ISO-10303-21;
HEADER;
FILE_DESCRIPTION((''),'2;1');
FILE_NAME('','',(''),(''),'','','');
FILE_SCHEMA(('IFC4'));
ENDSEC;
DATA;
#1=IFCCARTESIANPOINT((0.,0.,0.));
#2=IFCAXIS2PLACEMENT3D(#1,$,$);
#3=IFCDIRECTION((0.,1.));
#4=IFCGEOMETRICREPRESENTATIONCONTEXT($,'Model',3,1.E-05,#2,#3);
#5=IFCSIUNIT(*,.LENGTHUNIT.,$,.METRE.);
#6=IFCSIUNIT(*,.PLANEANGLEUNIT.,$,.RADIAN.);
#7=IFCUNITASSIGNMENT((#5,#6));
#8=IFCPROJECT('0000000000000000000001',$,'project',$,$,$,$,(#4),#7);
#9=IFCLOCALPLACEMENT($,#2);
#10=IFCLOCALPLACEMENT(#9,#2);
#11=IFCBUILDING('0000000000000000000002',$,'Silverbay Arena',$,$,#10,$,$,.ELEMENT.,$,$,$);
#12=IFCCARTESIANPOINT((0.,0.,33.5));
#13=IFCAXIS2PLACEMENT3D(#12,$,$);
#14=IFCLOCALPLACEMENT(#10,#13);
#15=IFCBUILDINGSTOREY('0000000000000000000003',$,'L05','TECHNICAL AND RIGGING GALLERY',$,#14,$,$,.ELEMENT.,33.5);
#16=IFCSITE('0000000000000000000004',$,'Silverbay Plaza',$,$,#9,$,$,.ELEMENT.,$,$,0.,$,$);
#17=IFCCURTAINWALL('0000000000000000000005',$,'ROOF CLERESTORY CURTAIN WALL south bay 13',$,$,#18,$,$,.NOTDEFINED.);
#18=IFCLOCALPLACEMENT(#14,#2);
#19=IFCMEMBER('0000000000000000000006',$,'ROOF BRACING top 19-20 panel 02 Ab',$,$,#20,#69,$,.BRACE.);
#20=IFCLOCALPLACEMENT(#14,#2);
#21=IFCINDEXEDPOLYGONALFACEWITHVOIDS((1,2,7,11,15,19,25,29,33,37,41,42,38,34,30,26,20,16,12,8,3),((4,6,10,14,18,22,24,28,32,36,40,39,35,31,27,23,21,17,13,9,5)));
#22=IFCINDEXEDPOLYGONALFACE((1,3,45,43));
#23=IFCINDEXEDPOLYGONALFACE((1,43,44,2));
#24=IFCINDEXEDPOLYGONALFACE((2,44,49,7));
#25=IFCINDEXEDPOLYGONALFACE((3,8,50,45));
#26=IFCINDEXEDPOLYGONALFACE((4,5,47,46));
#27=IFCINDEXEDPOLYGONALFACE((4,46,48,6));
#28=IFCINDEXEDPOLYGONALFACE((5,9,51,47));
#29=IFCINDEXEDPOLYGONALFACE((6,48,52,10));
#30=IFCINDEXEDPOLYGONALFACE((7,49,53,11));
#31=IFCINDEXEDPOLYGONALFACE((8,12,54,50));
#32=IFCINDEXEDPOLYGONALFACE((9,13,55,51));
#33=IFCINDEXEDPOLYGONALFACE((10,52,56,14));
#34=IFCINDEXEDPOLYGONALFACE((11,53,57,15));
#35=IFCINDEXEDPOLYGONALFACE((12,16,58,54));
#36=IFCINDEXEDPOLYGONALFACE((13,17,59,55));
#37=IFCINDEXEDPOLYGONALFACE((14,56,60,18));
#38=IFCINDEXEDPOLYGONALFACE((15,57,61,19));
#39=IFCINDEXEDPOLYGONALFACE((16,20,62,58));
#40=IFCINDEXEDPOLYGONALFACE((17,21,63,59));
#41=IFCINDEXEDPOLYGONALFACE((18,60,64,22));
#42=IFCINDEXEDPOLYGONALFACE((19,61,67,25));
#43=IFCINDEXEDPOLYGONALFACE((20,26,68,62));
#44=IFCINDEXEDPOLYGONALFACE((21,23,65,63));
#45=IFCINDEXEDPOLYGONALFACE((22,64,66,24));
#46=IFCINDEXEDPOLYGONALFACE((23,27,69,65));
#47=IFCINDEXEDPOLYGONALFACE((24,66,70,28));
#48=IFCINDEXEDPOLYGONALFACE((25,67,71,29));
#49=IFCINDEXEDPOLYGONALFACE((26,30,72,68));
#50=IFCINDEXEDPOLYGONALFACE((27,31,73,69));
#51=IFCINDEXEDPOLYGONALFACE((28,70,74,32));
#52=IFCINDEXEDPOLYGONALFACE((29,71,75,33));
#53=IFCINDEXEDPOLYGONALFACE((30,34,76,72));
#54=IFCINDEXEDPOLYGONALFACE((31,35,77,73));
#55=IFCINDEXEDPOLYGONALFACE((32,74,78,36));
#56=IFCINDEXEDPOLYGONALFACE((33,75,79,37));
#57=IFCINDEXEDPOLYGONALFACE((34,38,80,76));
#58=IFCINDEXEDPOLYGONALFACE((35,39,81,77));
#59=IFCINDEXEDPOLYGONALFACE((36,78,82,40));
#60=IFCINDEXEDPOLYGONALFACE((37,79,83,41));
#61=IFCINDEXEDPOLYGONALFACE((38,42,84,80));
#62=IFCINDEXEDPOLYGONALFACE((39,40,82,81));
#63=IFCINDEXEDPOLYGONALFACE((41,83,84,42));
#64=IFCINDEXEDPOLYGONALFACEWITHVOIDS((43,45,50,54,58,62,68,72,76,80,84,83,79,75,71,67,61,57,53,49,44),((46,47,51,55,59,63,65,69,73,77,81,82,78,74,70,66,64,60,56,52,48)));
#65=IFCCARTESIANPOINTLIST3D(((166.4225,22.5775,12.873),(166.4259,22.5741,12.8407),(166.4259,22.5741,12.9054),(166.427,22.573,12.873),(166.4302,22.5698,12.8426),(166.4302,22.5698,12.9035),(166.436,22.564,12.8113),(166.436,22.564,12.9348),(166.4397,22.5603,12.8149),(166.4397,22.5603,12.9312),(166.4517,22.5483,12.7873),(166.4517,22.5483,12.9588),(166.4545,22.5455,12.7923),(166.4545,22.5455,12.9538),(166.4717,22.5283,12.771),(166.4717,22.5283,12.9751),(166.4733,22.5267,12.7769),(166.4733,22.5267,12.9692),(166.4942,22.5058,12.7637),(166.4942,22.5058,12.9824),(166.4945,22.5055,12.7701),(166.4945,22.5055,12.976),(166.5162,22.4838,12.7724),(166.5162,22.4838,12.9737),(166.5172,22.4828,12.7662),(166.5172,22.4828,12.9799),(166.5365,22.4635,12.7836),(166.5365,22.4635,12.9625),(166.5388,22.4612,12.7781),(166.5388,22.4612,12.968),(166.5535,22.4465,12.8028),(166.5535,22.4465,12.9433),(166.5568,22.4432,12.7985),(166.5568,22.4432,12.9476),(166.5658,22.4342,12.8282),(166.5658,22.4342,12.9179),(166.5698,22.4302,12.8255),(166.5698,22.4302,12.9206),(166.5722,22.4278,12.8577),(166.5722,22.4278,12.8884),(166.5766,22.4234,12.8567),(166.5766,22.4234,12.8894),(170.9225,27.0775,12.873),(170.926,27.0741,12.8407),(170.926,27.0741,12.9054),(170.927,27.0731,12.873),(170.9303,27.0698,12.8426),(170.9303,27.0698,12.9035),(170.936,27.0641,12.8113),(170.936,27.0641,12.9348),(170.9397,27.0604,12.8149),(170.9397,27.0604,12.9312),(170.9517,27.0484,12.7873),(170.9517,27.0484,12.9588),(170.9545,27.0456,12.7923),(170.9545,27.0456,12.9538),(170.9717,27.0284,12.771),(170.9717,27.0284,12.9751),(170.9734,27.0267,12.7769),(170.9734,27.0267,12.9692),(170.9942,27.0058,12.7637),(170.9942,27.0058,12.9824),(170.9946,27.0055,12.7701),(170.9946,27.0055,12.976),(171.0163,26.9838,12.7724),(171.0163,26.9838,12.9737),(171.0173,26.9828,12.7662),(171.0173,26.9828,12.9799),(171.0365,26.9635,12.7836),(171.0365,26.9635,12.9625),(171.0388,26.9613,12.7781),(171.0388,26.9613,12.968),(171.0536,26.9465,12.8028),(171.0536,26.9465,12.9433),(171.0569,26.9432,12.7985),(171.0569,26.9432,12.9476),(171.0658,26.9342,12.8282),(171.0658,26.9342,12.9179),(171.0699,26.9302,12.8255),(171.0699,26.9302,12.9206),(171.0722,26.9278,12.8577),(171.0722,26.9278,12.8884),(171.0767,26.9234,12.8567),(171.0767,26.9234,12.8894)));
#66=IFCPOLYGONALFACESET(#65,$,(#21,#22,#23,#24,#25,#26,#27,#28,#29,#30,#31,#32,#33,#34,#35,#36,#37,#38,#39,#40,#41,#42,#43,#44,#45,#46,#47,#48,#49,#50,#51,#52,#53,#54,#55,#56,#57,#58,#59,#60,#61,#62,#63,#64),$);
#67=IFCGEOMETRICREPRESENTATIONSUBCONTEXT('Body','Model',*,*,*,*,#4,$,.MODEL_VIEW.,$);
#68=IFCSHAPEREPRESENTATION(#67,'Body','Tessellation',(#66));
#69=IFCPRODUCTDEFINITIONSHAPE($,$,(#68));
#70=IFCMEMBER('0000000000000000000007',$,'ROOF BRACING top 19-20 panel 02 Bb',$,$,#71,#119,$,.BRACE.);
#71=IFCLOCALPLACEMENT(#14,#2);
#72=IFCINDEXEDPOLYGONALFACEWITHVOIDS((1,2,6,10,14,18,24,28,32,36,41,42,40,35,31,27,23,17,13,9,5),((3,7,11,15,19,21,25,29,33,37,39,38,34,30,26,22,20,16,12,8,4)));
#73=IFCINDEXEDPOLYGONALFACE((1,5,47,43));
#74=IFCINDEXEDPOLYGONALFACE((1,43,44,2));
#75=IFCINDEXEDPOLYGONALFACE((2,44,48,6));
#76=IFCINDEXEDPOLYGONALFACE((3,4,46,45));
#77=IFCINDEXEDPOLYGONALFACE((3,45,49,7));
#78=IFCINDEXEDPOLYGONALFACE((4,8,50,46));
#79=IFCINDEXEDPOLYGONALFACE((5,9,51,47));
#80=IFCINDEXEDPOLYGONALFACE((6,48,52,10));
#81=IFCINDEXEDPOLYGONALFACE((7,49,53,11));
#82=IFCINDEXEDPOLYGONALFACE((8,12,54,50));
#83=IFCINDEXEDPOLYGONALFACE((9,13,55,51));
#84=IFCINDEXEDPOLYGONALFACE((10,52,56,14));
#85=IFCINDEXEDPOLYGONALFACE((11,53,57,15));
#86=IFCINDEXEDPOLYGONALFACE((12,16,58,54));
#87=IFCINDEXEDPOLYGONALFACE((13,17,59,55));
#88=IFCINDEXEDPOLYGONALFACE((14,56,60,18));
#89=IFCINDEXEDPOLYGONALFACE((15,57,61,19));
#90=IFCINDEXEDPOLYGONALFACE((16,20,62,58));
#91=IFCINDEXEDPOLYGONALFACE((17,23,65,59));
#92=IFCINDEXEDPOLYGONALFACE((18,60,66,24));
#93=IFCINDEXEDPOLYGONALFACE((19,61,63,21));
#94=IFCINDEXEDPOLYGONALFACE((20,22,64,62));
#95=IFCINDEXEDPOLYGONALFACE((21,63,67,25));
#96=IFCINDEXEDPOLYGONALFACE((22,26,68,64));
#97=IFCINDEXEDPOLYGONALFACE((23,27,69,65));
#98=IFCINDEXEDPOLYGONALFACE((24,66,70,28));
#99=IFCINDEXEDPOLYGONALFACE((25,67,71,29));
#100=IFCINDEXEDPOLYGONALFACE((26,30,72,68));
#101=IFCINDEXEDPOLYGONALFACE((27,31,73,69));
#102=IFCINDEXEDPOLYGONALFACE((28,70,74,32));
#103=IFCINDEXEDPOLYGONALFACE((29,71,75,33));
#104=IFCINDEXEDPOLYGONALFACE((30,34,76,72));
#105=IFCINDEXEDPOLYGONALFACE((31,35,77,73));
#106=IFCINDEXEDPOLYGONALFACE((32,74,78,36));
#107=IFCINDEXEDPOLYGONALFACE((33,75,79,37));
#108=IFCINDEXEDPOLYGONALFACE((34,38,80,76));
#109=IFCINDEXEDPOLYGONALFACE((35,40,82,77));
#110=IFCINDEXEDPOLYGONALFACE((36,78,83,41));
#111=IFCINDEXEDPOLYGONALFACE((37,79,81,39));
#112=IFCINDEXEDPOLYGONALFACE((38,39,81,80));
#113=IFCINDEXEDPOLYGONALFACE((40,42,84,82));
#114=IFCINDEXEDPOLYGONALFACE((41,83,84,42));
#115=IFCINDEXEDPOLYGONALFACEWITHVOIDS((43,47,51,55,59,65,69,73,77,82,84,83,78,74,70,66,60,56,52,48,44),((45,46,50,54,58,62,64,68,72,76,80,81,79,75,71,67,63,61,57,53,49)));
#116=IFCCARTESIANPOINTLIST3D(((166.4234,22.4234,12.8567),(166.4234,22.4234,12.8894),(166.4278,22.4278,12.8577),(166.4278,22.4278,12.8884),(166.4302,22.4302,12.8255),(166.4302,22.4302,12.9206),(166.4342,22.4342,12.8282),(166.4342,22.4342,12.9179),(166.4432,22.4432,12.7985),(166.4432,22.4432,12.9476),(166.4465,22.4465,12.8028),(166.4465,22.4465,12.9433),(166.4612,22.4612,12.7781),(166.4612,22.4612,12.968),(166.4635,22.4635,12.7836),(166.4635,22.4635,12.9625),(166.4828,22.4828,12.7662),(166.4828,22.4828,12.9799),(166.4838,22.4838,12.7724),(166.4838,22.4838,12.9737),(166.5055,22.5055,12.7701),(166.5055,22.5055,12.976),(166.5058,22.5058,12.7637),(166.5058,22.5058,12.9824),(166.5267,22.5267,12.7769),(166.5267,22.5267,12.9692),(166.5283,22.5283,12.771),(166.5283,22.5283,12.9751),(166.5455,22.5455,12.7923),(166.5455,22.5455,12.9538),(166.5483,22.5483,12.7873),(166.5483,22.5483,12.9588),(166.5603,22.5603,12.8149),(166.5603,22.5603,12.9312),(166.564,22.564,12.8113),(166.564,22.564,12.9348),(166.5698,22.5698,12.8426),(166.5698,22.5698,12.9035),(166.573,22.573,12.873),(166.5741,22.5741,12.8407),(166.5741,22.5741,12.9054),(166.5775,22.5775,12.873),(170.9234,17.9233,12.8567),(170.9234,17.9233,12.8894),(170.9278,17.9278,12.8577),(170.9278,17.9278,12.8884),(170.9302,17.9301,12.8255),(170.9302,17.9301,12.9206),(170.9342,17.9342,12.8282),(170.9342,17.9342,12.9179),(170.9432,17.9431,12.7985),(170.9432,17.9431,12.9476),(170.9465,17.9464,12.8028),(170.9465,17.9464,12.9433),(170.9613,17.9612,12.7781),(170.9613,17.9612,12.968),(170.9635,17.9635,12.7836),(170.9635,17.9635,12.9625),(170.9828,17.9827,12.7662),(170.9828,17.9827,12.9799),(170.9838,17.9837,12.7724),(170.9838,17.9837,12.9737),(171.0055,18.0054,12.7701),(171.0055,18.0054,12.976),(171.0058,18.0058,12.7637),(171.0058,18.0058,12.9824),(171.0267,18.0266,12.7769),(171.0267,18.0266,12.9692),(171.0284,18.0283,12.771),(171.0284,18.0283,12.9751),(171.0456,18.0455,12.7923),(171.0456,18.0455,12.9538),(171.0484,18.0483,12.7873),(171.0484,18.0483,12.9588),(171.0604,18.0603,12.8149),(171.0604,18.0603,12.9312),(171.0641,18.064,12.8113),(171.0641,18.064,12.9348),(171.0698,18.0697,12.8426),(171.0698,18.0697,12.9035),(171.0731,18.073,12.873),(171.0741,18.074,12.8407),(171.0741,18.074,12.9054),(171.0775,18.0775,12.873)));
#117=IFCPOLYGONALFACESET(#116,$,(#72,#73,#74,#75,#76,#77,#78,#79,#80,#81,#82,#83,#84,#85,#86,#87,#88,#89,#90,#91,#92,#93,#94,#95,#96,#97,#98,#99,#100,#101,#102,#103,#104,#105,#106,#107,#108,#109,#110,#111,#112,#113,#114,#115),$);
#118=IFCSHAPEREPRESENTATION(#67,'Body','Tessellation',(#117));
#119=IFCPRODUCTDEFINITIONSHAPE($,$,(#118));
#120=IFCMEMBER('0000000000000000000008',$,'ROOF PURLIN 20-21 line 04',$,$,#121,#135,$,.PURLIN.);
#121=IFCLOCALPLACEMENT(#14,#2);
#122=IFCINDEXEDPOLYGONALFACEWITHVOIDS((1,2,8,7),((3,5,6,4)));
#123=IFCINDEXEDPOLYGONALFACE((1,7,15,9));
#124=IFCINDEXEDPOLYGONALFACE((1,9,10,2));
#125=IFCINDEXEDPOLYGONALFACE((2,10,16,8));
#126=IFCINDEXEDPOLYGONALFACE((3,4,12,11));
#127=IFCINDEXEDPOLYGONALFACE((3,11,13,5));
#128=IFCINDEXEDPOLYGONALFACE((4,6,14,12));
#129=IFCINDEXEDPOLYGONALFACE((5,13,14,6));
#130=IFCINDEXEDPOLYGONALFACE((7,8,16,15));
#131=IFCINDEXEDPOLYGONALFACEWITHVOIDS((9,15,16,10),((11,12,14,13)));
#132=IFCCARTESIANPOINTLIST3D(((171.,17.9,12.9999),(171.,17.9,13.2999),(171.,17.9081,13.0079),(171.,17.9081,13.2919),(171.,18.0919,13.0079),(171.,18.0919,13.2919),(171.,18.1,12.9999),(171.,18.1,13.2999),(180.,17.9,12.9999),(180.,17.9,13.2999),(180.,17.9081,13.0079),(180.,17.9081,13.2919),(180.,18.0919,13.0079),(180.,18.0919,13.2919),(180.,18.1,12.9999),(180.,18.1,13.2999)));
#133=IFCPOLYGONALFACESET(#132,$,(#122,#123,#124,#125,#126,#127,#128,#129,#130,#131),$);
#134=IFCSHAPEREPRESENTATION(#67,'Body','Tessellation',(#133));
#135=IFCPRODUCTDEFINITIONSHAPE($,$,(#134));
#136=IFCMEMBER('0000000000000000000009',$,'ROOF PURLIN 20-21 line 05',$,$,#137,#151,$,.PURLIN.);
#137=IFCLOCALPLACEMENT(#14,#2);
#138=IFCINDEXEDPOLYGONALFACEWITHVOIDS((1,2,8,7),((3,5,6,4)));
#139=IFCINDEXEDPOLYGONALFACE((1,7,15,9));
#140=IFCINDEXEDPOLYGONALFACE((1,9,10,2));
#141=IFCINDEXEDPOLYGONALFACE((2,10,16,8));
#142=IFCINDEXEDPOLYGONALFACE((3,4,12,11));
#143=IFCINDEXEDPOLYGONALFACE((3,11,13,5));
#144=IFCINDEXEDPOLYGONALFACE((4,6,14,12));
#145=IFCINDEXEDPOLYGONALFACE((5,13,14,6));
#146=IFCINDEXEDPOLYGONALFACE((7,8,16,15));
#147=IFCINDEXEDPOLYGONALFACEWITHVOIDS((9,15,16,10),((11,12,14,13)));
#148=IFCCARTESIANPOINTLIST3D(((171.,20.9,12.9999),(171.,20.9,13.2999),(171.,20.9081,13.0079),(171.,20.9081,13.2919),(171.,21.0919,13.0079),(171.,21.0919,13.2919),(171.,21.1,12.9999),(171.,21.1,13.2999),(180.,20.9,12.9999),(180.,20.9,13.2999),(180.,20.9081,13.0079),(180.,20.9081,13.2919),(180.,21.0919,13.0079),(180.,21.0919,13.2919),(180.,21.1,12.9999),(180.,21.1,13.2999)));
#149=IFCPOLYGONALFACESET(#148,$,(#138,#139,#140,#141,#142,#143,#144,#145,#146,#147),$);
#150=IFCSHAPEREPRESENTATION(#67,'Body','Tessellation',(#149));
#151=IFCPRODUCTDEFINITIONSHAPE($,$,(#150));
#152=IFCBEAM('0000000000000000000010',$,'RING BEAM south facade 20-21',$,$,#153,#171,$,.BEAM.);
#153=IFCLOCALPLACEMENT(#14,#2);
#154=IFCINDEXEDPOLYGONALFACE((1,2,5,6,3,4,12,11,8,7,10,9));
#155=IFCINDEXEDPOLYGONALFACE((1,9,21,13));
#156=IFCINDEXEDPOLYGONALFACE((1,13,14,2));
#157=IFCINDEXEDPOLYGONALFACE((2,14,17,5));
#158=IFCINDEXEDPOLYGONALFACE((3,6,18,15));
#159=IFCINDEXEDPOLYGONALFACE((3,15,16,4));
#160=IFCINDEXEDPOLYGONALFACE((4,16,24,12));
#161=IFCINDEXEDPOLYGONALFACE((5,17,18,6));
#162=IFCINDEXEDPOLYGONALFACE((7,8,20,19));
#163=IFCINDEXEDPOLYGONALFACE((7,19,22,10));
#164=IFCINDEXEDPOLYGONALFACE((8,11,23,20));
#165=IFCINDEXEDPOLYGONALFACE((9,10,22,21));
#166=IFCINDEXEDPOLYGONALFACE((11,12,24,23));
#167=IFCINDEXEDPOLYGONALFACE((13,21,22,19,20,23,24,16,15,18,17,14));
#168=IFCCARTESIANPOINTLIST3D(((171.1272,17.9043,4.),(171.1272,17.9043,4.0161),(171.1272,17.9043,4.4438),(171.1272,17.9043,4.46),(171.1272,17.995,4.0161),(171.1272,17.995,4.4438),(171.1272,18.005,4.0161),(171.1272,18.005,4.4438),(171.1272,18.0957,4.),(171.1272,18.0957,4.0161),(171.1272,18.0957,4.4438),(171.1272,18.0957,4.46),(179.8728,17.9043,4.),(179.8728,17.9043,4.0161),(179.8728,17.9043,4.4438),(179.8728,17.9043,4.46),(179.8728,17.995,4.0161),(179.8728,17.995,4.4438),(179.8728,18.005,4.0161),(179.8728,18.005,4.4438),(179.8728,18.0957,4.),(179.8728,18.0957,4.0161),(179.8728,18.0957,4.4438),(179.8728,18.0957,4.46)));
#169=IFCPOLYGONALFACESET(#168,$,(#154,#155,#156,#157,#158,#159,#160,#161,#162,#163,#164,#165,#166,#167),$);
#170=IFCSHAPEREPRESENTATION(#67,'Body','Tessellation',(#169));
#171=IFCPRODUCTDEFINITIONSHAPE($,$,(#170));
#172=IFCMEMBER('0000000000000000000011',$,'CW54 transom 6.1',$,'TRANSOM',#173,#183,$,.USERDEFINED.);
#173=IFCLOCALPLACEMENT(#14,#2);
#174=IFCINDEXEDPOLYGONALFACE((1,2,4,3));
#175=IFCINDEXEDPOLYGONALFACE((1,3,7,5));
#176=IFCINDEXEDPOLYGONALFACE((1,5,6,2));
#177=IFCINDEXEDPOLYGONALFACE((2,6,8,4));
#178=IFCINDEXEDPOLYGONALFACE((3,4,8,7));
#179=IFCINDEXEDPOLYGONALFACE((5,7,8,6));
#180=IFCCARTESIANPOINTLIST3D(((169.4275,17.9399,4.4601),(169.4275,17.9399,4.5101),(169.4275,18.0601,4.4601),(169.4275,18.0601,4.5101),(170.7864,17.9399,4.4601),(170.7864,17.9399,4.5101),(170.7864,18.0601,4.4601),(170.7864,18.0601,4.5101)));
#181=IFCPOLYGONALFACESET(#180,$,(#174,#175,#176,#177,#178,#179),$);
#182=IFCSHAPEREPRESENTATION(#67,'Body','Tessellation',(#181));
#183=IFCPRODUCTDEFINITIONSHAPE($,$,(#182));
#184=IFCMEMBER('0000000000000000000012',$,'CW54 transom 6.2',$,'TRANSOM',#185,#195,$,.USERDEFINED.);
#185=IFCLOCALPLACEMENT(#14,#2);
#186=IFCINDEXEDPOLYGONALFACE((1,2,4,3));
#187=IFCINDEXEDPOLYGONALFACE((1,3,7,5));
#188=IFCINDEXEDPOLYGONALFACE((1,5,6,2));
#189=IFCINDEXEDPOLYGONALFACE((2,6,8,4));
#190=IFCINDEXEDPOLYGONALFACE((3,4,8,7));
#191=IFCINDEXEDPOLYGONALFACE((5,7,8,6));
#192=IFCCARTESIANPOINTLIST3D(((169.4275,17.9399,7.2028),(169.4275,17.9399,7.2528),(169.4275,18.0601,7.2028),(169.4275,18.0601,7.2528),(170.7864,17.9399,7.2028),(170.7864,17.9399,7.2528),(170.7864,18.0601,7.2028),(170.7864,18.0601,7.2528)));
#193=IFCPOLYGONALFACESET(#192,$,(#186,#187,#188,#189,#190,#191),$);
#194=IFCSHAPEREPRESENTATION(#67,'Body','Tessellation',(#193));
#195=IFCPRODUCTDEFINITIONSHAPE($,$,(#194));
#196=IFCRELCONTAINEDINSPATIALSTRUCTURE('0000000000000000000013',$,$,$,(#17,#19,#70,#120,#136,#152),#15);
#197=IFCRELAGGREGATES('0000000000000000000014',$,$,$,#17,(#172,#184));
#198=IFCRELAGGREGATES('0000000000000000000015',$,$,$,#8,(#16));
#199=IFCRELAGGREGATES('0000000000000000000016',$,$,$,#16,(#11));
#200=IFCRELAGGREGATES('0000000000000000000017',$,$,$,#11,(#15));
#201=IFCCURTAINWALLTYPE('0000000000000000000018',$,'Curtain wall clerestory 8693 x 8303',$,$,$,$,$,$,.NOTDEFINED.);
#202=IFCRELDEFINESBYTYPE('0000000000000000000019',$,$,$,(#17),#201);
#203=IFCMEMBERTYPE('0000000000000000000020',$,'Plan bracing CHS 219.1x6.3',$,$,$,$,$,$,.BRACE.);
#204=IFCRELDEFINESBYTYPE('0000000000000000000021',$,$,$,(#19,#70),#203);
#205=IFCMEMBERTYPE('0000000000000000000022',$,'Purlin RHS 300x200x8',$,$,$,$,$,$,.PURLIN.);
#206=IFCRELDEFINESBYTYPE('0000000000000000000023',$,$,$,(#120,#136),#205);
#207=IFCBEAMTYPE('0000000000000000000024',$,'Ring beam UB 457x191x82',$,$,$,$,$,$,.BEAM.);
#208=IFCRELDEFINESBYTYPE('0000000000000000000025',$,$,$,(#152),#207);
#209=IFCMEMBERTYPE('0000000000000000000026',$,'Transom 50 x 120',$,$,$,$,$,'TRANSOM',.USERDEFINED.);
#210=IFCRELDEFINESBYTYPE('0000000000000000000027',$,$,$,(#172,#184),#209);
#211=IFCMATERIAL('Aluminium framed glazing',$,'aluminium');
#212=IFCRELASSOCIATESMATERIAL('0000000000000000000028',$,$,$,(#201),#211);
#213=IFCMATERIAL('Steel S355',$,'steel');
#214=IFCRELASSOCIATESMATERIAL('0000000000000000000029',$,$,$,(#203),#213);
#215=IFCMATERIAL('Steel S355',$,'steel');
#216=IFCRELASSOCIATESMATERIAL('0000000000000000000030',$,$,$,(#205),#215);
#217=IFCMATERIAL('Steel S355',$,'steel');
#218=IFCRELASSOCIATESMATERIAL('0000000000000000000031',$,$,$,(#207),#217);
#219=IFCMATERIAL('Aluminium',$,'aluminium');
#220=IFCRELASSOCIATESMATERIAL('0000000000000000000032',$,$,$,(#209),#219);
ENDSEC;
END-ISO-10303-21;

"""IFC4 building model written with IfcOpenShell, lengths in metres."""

from ifc_helpers import new_model, si_unit, direction, frame, origin, origin_2d, place, context, subcontext, project, spatial, rectangle, hollow_rectangle, hollow_circle, i_section, extrude, material, material_profile, profile_set, type_object, element, aggregate, save


model = new_model("IFC4")

# Units and contexts
model_context = context("Model", 3, precision=1e-05, world=origin(), true_north=direction((0.0, 1.0)))
body_context = subcontext(model_context, "Body", "Model", "MODEL_VIEW")
ifc_project = project(units=[si_unit("LENGTHUNIT", "METRE"), si_unit("PLANEANGLEUNIT", "RADIAN")], contexts=[model_context])

# Site, building, storey
site_placement = place(None, origin())
site = spatial("IfcSite", under=ifc_project, at=site_placement, Name="Silverbay Plaza", CompositionType="ELEMENT", RefElevation=0.0)
building_placement = place(site_placement, origin())
building = spatial("IfcBuilding", under=site, at=building_placement, Name="Silverbay Arena", CompositionType="ELEMENT")
storey_placement = place(building_placement, frame((0.0, 0.0, 33.5)))
storey = spatial("IfcBuildingStorey", under=building, at=storey_placement, Name="L05", Description="TECHNICAL AND RIGGING GALLERY", CompositionType="ELEMENT", Elevation=33.5)

# Curtain wall
ifc_material_1 = material(Name="Aluminium framed glazing", Category="aluminium")
curtain_wall_type_1 = type_object("IfcCurtainWallType", Name="Curtain wall clerestory 8693 x 8303", PredefinedType="NOTDEFINED", material=ifc_material_1)
curtain_wall_1_placement = place(storey_placement, origin())
curtain_wall_1 = element("IfcCurtainWall", 1, at=curtain_wall_1_placement, inside=storey, type_object=curtain_wall_type_1, Name="ROOF CLERESTORY CURTAIN WALL south bay 13", PredefinedType="NOTDEFINED")

# Members
ifc_material_2 = material(Name="Steel S355", Category="steel")
ifc_material_profile_1 = material_profile(ifc_material_2, hollow_circle(Radius=0.1096, WallThickness=0.0063, at=origin_2d()), Name="CHS 219.1x6.3")
ifc_profile_set_1 = profile_set([ifc_material_profile_1], Name="Steel S355")
member_type_1 = type_object("IfcMemberType", Name="Plan bracing CHS 219.1x6.3", PredefinedType="BRACE", material=ifc_profile_set_1)
for number, where, z_axis, x_axis, name in (
    (2, (166.5, 22.5, 12.873), (0.707107, 0.707107, 0.0), (-0.707107, 0.707107, 0.0), "ROOF BRACING top 19-20 panel 02 Ab"),
    (3, (166.5, 22.5, 12.873), (0.707107, -0.707107, 0.0), (0.707107, 0.707107, 0.0), "ROOF BRACING top 19-20 panel 02 Bb"),
):
    element("IfcMember", number, at=place(storey_placement, frame(where, z_axis=z_axis, x_axis=x_axis)), inside=storey, type_object=member_type_1, Name=name, PredefinedType="BRACE", context=body_context, shape_type="SweptSolid", body=[
        extrude(hollow_circle(Radius=0.1096, WallThickness=0.0063, at=origin_2d()), origin(), (0.0, 0.0, 1.0), 6.364),
    ])
ifc_material_3 = material(Name="Steel S355", Category="steel")
ifc_material_profile_2 = material_profile(ifc_material_3, hollow_rectangle(XDim=0.2, YDim=0.3, WallThickness=0.0081, at=origin_2d()), Name="RHS 300x200x8")
ifc_profile_set_2 = profile_set([ifc_material_profile_2], Name="Steel S355")
member_type_2 = type_object("IfcMemberType", Name="Purlin RHS 300x200x8", PredefinedType="PURLIN", material=ifc_profile_set_2)
for number, where, z_axis, x_axis, name in (
    (4, (171.0, 18.0, 13.1499), (1.0, 0.0, 0.0), (0.0, 1.0, 0.0), "ROOF PURLIN 20-21 line 04"),
    (5, (171.0, 21.0, 13.1499), (1.0, 0.0, 0.0), (0.0, 1.0, 0.0), "ROOF PURLIN 20-21 line 05"),
):
    element("IfcMember", number, at=place(storey_placement, frame(where, z_axis=z_axis, x_axis=x_axis)), inside=storey, type_object=member_type_2, Name=name, PredefinedType="PURLIN", context=body_context, shape_type="SweptSolid", body=[
        extrude(hollow_rectangle(XDim=0.2, YDim=0.3, WallThickness=0.0081, at=origin_2d()), origin(), (0.0, 0.0, 1.0), 9.0),
    ])

# Beam
ifc_material_4 = material(Name="Steel S355", Category="steel")
ifc_material_profile_3 = material_profile(ifc_material_4, i_section(OverallWidth=0.1914, OverallDepth=0.46, WebThickness=0.01, FlangeThickness=0.0161, at=origin_2d()), Name="UB 457x191x82")
ifc_profile_set_3 = profile_set([ifc_material_profile_3], Name="Steel S355")
beam_type = type_object("IfcBeamType", Name="Ring beam UB 457x191x82", PredefinedType="BEAM", material=ifc_profile_set_3)
beam_placement = place(storey_placement, frame((171.1272, 18.0, 4.23), z_axis=(1.0, 0.0, 0.0), x_axis=(0.0, 1.0, 0.0)))
element("IfcBeam", 6, at=beam_placement, inside=storey, type_object=beam_type, Name="RING BEAM south facade 20-21", PredefinedType="BEAM", context=body_context, shape_type="SweptSolid", body=[
    extrude(i_section(OverallWidth=0.1914, OverallDepth=0.46, WebThickness=0.01, FlangeThickness=0.0161, at=origin_2d()), origin(), (0.0, 0.0, 1.0), 8.7456),
])

# Members
ifc_material_5 = material(Name="Aluminium", Category="aluminium")
ifc_material_profile_4 = material_profile(ifc_material_5, rectangle(XDim=0.1201, YDim=0.05, at=origin_2d()), Name="Transom 50 x 120")
ifc_profile_set_4 = profile_set([ifc_material_profile_4], Name="Aluminium")
member_type_3 = type_object("IfcMemberType", Name="Transom 50 x 120", ElementType="TRANSOM", PredefinedType="USERDEFINED", material=ifc_profile_set_4)
member_1_placement = place(storey_placement, frame((169.4275, 18.0, 4.4851), z_axis=(1.0, 0.0, 0.0), x_axis=(0.0, 1.0, 0.0)))
member_1 = element("IfcMember", 7, at=member_1_placement, type_object=member_type_3, Name="CW54 transom 6.1", ObjectType="TRANSOM", PredefinedType="USERDEFINED", context=body_context, shape_type="SweptSolid", body=[
    extrude(rectangle(XDim=0.1201, YDim=0.05, at=origin_2d()), origin(), (0.0, 0.0, 1.0), 1.3589),
])
member_2_placement = place(storey_placement, frame((169.4275, 18.0, 7.2278), z_axis=(1.0, 0.0, 0.0), x_axis=(0.0, 1.0, 0.0)))
member_2 = element("IfcMember", 8, at=member_2_placement, type_object=member_type_3, Name="CW54 transom 6.2", ObjectType="TRANSOM", PredefinedType="USERDEFINED", context=body_context, shape_type="SweptSolid", body=[
    extrude(rectangle(XDim=0.1201, YDim=0.05, at=origin_2d()), origin(), (0.0, 0.0, 1.0), 1.3589),
])

aggregate(curtain_wall_1, [member_1, member_2])

save(model, "model.ifc")
